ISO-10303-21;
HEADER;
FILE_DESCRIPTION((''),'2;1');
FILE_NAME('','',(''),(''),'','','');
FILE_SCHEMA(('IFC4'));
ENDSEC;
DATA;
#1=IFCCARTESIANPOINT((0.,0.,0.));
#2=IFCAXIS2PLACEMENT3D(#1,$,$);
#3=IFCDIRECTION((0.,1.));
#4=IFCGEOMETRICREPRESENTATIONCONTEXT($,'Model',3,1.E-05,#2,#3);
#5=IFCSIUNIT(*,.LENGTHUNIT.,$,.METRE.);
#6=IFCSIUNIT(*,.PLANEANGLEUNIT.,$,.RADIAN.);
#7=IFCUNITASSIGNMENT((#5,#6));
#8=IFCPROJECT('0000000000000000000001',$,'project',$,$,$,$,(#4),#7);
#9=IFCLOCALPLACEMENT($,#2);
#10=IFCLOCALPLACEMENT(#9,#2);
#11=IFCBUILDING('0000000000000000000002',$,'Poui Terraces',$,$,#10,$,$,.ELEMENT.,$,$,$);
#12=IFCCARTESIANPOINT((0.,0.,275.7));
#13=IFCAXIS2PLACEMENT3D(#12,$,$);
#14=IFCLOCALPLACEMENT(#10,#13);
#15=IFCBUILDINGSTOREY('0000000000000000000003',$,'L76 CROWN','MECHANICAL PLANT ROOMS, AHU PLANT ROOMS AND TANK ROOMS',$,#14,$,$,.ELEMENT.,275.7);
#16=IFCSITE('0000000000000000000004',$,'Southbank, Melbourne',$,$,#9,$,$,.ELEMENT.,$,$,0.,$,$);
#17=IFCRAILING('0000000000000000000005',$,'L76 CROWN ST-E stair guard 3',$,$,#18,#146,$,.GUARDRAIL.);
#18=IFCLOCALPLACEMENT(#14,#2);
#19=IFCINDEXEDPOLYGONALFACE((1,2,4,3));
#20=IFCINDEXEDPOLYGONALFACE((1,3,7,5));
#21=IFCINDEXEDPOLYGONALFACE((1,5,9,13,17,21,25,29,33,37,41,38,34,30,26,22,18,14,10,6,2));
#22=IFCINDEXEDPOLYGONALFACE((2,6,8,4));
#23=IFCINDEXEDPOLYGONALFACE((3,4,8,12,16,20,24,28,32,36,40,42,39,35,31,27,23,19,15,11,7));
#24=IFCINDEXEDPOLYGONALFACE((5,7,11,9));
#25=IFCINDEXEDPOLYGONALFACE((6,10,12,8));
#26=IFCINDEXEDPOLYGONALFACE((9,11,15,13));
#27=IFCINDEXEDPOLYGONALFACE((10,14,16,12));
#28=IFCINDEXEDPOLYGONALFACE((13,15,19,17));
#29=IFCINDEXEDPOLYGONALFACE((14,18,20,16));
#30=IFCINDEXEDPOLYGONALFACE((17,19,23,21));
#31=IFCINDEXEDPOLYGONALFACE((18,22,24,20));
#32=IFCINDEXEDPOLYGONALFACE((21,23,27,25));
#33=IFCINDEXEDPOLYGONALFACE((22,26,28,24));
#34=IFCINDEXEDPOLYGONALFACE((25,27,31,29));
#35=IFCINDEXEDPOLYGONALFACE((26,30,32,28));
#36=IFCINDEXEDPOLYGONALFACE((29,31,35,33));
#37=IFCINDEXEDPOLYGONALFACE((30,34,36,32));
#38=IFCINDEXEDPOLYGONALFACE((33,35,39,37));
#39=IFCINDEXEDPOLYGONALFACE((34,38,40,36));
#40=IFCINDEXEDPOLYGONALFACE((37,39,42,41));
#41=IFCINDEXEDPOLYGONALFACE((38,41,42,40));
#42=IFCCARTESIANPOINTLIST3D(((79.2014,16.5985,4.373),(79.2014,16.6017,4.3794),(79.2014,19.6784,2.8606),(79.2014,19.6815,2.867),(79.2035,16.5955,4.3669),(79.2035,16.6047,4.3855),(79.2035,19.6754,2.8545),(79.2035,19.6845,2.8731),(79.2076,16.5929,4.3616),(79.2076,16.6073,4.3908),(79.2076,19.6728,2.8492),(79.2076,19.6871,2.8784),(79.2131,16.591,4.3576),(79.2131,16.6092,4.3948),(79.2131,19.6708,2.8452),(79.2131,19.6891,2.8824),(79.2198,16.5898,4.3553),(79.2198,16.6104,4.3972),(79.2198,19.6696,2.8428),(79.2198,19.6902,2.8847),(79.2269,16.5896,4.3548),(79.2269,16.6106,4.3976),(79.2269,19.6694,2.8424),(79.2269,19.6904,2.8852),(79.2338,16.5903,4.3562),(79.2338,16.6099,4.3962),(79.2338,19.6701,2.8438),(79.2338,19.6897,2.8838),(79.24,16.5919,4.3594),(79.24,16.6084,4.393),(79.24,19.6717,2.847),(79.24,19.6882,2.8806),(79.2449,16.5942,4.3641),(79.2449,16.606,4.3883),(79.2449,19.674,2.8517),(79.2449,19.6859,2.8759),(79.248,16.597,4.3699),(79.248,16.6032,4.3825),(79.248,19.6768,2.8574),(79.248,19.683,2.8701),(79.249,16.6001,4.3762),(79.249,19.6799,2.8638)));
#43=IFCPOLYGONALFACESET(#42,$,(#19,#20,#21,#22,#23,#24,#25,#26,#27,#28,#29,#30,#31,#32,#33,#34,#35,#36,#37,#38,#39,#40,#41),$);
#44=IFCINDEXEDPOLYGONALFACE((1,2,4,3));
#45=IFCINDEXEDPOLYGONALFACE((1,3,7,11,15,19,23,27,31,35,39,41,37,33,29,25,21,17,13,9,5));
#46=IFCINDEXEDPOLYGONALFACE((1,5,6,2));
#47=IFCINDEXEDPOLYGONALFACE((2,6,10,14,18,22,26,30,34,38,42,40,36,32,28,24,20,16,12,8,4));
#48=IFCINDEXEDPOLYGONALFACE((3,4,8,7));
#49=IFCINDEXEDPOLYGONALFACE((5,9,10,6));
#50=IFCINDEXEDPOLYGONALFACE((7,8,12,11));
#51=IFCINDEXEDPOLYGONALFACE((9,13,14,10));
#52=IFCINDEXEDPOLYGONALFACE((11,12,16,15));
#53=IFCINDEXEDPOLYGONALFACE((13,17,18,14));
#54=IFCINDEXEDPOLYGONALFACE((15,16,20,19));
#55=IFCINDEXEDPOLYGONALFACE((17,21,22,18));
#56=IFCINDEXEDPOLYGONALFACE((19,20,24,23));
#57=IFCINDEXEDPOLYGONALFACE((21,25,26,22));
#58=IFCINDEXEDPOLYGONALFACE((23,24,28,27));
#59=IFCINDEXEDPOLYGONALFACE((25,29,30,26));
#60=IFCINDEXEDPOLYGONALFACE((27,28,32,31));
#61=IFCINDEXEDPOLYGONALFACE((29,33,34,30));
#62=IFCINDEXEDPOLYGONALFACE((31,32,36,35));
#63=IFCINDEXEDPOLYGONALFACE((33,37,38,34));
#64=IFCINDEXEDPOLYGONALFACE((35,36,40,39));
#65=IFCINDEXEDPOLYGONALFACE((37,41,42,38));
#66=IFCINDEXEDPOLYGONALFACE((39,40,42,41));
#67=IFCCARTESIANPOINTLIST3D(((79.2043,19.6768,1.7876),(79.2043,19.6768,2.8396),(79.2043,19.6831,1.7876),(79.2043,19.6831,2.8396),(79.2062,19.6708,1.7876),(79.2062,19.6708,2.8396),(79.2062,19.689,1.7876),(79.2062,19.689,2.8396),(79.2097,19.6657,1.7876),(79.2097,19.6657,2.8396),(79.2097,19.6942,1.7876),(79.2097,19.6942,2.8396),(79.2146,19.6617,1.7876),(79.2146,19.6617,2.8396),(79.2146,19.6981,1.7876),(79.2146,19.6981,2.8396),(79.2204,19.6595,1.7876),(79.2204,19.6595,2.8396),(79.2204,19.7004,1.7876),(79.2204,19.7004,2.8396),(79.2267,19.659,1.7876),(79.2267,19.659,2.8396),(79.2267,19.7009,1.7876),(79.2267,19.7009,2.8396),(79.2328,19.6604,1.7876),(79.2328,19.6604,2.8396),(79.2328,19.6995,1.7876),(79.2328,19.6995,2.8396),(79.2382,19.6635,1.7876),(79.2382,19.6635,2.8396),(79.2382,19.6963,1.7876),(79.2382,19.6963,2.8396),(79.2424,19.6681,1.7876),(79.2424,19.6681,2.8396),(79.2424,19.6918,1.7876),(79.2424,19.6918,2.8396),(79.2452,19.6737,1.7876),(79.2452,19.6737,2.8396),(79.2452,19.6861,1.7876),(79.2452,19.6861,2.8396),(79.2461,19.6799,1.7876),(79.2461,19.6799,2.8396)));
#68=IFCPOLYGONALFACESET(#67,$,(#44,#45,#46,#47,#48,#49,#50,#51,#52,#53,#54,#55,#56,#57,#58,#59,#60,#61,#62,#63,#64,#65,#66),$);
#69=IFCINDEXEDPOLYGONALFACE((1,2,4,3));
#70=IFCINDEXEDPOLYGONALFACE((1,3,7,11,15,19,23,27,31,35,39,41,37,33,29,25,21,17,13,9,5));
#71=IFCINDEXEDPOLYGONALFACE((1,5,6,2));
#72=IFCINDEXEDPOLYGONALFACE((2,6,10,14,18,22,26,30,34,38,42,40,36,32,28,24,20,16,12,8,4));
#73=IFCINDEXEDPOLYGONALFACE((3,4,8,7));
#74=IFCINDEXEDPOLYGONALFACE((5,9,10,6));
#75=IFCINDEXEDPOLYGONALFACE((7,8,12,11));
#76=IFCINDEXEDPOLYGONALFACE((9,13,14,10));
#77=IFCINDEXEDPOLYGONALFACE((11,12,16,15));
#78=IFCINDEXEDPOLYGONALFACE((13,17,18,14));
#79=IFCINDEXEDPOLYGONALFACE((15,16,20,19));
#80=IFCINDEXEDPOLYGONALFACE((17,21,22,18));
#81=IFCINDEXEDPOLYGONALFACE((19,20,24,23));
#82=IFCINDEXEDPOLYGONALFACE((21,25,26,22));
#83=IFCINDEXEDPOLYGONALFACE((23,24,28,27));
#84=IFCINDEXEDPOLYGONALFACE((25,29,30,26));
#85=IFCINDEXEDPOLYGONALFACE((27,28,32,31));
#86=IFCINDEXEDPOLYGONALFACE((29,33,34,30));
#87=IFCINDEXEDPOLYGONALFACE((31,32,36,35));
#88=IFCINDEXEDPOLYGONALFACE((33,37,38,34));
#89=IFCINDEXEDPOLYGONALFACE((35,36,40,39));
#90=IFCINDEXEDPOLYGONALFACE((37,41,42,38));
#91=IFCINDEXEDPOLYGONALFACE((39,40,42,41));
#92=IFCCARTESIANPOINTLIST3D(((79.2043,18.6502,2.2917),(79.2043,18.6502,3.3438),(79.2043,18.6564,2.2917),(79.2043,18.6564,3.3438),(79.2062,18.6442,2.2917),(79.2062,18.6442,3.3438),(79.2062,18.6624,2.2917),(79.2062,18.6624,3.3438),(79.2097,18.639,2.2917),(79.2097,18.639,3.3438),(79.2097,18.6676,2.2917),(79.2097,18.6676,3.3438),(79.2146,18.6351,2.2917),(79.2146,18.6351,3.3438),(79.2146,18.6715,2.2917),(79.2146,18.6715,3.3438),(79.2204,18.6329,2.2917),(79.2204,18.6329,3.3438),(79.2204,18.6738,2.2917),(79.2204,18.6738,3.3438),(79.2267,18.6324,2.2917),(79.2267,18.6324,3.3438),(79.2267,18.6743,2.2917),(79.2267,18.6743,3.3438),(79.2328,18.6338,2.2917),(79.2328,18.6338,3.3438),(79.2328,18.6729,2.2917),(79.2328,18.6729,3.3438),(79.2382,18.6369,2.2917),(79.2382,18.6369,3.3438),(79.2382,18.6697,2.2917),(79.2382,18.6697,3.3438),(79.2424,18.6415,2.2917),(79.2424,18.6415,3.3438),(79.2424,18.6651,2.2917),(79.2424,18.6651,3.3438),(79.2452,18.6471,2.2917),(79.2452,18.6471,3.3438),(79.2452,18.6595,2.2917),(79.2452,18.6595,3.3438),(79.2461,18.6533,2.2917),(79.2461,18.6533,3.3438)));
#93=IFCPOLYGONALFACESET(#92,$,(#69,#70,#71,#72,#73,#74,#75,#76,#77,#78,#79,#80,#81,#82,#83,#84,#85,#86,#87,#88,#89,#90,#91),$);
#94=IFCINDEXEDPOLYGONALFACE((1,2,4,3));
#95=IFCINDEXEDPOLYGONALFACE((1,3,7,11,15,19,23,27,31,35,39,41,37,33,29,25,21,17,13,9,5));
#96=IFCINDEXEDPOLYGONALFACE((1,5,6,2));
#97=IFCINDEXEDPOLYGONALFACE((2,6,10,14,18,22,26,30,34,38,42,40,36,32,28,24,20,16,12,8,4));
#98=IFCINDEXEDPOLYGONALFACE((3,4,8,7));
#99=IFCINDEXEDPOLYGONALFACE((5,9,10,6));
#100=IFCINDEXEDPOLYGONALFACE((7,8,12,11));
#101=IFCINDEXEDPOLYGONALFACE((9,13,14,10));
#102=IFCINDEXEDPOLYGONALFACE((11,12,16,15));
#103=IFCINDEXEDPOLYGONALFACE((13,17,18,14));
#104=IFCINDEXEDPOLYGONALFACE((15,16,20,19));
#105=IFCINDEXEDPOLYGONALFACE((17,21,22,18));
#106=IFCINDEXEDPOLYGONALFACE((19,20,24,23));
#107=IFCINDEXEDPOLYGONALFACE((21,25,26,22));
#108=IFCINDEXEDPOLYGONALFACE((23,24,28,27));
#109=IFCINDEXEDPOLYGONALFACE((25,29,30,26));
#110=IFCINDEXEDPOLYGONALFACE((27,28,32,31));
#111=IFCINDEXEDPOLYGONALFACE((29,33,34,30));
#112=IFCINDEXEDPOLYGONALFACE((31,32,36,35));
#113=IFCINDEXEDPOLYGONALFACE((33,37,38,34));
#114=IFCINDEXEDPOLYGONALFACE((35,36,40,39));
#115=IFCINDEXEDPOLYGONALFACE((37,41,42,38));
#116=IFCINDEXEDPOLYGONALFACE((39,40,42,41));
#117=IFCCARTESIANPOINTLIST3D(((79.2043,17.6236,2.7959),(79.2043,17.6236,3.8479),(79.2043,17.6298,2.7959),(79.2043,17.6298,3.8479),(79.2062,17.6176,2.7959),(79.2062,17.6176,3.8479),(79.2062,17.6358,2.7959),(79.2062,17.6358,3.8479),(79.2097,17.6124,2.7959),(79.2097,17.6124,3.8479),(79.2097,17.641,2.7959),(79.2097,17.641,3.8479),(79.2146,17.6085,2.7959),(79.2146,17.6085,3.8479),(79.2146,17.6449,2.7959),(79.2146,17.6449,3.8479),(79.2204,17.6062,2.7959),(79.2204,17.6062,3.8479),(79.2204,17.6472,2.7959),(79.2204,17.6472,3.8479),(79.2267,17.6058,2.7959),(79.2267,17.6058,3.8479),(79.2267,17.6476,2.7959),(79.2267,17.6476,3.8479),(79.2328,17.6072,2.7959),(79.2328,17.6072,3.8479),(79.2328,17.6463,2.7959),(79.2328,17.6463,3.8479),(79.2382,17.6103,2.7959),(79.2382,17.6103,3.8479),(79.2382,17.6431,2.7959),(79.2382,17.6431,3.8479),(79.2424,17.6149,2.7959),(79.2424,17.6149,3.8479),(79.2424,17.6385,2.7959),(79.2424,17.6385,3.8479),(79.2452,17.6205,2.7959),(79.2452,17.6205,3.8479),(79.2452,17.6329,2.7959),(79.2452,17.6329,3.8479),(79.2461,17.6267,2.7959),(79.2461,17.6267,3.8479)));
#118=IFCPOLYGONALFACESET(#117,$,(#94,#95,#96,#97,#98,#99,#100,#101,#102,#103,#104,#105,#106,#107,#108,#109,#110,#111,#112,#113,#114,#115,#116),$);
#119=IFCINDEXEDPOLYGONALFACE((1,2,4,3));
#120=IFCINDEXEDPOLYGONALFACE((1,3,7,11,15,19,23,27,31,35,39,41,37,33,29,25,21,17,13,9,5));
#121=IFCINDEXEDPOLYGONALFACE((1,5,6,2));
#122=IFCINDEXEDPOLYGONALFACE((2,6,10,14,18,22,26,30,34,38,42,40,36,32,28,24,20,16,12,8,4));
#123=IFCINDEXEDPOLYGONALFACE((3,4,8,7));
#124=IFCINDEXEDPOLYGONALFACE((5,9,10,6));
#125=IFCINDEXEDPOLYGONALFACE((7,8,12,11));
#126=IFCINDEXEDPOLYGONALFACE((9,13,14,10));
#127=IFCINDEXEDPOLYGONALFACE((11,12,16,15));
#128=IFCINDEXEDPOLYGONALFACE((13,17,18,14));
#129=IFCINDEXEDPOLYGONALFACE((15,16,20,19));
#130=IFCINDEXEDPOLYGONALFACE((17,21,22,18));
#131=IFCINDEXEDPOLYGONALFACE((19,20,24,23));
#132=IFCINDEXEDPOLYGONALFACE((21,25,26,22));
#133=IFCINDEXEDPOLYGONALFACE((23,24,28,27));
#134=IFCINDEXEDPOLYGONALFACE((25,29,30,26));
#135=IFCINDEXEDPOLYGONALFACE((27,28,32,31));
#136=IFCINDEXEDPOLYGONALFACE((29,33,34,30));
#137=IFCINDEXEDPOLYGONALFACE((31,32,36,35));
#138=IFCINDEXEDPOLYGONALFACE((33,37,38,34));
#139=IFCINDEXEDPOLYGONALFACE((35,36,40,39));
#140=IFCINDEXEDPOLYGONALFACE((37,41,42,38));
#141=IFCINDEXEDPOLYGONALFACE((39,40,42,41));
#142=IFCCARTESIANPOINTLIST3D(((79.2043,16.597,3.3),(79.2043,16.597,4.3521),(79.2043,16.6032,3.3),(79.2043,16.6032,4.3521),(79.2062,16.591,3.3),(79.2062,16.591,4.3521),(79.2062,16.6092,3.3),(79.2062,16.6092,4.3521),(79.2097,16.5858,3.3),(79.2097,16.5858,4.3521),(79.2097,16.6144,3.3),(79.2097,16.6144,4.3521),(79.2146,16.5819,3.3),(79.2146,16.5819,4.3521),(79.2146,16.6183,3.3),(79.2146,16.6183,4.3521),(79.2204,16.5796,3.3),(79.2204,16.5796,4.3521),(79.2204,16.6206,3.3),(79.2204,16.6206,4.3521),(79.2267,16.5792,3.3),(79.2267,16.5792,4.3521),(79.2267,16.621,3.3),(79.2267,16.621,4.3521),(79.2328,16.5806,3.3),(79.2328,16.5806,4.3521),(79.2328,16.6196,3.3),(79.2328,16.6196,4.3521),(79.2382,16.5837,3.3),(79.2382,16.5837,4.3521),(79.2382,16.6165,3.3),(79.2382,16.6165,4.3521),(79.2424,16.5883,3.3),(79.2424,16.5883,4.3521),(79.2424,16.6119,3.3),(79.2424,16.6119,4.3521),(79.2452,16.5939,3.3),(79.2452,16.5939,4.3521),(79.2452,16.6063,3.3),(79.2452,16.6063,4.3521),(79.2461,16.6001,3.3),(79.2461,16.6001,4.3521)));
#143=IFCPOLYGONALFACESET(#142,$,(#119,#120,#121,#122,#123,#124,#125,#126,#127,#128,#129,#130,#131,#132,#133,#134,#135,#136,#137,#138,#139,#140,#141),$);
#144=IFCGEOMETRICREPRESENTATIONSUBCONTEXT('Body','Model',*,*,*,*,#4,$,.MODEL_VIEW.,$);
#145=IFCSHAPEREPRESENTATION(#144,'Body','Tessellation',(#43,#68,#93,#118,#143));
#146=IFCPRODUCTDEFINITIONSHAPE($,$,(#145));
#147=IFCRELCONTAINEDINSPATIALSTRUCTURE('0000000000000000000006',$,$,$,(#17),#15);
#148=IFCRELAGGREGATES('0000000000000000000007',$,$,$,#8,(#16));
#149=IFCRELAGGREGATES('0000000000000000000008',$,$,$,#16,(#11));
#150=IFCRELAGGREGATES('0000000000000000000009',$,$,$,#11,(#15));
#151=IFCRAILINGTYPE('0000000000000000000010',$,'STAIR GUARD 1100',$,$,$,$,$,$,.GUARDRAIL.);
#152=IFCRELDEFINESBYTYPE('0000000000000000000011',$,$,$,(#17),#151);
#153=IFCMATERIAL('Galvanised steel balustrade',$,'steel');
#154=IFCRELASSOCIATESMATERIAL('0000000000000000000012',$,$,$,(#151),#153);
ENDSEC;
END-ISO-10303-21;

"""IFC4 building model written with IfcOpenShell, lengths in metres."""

from ifc_helpers import new_model, si_unit, direction, frame, origin, origin_2d, place, context, subcontext, project, spatial, circle, extrude, material, type_object, element, save


model = new_model("IFC4")

# Units and contexts
model_context = context("Model", 3, precision=1e-05, world=origin(), true_north=direction((0.0, 1.0)))
body_context = subcontext(model_context, "Body", "Model", "MODEL_VIEW")
ifc_project = project(units=[si_unit("LENGTHUNIT", "METRE"), si_unit("PLANEANGLEUNIT", "RADIAN")], contexts=[model_context])

# Site, building, storey
site_placement = place(None, origin())
site = spatial("IfcSite", under=ifc_project, at=site_placement, Name="Southbank, Melbourne", CompositionType="ELEMENT", RefElevation=0.0)
building_placement = place(site_placement, origin())
building = spatial("IfcBuilding", under=site, at=building_placement, Name="Poui Terraces", CompositionType="ELEMENT")
storey_placement = place(building_placement, frame((0.0, 0.0, 275.7)))
storey = spatial("IfcBuildingStorey", under=building, at=storey_placement, Name="L76 CROWN", Description="MECHANICAL PLANT ROOMS, AHU PLANT ROOMS AND TANK ROOMS", CompositionType="ELEMENT", Elevation=275.7)

# Railing
ifc_material_1 = material(Name="Galvanised steel balustrade", Category="steel")
railing_type_1 = type_object("IfcRailingType", Name="STAIR GUARD 1100", PredefinedType="GUARDRAIL", material=ifc_material_1)
railing_1_placement = place(storey_placement, frame((79.2251, 19.6799, 1.7876)))
element("IfcRailing", 1, at=railing_1_placement, inside=storey, type_object=railing_type_1, Name="L76 CROWN ST-E stair guard 3", PredefinedType="GUARDRAIL", context=body_context, shape_type="SweptSolid", body=[
    extrude(circle(Radius=0.0239, at=origin_2d()), frame((0.0, 0.0, 1.0762), z_axis=(0.0, -0.897606, 0.440798), x_axis=(1.0, 0.0, 0.0)), (0.0, 0.0, 1.0), 3.4312),
    extrude(circle(Radius=0.021, at=origin_2d()), origin(), (0.0, 0.0, 1.0), 1.052),
    extrude(circle(Radius=0.021, at=origin_2d()), frame((0.0, -1.0266, 0.5042)), (0.0, 0.0, 1.0), 1.052),
    extrude(circle(Radius=0.021, at=origin_2d()), frame((0.0, -2.0532, 1.0083)), (0.0, 0.0, 1.0), 1.052),
    extrude(circle(Radius=0.021, at=origin_2d()), frame((0.0, -3.0798, 1.5125)), (0.0, 0.0, 1.0), 1.052),
])

save(model, "model.ifc")
